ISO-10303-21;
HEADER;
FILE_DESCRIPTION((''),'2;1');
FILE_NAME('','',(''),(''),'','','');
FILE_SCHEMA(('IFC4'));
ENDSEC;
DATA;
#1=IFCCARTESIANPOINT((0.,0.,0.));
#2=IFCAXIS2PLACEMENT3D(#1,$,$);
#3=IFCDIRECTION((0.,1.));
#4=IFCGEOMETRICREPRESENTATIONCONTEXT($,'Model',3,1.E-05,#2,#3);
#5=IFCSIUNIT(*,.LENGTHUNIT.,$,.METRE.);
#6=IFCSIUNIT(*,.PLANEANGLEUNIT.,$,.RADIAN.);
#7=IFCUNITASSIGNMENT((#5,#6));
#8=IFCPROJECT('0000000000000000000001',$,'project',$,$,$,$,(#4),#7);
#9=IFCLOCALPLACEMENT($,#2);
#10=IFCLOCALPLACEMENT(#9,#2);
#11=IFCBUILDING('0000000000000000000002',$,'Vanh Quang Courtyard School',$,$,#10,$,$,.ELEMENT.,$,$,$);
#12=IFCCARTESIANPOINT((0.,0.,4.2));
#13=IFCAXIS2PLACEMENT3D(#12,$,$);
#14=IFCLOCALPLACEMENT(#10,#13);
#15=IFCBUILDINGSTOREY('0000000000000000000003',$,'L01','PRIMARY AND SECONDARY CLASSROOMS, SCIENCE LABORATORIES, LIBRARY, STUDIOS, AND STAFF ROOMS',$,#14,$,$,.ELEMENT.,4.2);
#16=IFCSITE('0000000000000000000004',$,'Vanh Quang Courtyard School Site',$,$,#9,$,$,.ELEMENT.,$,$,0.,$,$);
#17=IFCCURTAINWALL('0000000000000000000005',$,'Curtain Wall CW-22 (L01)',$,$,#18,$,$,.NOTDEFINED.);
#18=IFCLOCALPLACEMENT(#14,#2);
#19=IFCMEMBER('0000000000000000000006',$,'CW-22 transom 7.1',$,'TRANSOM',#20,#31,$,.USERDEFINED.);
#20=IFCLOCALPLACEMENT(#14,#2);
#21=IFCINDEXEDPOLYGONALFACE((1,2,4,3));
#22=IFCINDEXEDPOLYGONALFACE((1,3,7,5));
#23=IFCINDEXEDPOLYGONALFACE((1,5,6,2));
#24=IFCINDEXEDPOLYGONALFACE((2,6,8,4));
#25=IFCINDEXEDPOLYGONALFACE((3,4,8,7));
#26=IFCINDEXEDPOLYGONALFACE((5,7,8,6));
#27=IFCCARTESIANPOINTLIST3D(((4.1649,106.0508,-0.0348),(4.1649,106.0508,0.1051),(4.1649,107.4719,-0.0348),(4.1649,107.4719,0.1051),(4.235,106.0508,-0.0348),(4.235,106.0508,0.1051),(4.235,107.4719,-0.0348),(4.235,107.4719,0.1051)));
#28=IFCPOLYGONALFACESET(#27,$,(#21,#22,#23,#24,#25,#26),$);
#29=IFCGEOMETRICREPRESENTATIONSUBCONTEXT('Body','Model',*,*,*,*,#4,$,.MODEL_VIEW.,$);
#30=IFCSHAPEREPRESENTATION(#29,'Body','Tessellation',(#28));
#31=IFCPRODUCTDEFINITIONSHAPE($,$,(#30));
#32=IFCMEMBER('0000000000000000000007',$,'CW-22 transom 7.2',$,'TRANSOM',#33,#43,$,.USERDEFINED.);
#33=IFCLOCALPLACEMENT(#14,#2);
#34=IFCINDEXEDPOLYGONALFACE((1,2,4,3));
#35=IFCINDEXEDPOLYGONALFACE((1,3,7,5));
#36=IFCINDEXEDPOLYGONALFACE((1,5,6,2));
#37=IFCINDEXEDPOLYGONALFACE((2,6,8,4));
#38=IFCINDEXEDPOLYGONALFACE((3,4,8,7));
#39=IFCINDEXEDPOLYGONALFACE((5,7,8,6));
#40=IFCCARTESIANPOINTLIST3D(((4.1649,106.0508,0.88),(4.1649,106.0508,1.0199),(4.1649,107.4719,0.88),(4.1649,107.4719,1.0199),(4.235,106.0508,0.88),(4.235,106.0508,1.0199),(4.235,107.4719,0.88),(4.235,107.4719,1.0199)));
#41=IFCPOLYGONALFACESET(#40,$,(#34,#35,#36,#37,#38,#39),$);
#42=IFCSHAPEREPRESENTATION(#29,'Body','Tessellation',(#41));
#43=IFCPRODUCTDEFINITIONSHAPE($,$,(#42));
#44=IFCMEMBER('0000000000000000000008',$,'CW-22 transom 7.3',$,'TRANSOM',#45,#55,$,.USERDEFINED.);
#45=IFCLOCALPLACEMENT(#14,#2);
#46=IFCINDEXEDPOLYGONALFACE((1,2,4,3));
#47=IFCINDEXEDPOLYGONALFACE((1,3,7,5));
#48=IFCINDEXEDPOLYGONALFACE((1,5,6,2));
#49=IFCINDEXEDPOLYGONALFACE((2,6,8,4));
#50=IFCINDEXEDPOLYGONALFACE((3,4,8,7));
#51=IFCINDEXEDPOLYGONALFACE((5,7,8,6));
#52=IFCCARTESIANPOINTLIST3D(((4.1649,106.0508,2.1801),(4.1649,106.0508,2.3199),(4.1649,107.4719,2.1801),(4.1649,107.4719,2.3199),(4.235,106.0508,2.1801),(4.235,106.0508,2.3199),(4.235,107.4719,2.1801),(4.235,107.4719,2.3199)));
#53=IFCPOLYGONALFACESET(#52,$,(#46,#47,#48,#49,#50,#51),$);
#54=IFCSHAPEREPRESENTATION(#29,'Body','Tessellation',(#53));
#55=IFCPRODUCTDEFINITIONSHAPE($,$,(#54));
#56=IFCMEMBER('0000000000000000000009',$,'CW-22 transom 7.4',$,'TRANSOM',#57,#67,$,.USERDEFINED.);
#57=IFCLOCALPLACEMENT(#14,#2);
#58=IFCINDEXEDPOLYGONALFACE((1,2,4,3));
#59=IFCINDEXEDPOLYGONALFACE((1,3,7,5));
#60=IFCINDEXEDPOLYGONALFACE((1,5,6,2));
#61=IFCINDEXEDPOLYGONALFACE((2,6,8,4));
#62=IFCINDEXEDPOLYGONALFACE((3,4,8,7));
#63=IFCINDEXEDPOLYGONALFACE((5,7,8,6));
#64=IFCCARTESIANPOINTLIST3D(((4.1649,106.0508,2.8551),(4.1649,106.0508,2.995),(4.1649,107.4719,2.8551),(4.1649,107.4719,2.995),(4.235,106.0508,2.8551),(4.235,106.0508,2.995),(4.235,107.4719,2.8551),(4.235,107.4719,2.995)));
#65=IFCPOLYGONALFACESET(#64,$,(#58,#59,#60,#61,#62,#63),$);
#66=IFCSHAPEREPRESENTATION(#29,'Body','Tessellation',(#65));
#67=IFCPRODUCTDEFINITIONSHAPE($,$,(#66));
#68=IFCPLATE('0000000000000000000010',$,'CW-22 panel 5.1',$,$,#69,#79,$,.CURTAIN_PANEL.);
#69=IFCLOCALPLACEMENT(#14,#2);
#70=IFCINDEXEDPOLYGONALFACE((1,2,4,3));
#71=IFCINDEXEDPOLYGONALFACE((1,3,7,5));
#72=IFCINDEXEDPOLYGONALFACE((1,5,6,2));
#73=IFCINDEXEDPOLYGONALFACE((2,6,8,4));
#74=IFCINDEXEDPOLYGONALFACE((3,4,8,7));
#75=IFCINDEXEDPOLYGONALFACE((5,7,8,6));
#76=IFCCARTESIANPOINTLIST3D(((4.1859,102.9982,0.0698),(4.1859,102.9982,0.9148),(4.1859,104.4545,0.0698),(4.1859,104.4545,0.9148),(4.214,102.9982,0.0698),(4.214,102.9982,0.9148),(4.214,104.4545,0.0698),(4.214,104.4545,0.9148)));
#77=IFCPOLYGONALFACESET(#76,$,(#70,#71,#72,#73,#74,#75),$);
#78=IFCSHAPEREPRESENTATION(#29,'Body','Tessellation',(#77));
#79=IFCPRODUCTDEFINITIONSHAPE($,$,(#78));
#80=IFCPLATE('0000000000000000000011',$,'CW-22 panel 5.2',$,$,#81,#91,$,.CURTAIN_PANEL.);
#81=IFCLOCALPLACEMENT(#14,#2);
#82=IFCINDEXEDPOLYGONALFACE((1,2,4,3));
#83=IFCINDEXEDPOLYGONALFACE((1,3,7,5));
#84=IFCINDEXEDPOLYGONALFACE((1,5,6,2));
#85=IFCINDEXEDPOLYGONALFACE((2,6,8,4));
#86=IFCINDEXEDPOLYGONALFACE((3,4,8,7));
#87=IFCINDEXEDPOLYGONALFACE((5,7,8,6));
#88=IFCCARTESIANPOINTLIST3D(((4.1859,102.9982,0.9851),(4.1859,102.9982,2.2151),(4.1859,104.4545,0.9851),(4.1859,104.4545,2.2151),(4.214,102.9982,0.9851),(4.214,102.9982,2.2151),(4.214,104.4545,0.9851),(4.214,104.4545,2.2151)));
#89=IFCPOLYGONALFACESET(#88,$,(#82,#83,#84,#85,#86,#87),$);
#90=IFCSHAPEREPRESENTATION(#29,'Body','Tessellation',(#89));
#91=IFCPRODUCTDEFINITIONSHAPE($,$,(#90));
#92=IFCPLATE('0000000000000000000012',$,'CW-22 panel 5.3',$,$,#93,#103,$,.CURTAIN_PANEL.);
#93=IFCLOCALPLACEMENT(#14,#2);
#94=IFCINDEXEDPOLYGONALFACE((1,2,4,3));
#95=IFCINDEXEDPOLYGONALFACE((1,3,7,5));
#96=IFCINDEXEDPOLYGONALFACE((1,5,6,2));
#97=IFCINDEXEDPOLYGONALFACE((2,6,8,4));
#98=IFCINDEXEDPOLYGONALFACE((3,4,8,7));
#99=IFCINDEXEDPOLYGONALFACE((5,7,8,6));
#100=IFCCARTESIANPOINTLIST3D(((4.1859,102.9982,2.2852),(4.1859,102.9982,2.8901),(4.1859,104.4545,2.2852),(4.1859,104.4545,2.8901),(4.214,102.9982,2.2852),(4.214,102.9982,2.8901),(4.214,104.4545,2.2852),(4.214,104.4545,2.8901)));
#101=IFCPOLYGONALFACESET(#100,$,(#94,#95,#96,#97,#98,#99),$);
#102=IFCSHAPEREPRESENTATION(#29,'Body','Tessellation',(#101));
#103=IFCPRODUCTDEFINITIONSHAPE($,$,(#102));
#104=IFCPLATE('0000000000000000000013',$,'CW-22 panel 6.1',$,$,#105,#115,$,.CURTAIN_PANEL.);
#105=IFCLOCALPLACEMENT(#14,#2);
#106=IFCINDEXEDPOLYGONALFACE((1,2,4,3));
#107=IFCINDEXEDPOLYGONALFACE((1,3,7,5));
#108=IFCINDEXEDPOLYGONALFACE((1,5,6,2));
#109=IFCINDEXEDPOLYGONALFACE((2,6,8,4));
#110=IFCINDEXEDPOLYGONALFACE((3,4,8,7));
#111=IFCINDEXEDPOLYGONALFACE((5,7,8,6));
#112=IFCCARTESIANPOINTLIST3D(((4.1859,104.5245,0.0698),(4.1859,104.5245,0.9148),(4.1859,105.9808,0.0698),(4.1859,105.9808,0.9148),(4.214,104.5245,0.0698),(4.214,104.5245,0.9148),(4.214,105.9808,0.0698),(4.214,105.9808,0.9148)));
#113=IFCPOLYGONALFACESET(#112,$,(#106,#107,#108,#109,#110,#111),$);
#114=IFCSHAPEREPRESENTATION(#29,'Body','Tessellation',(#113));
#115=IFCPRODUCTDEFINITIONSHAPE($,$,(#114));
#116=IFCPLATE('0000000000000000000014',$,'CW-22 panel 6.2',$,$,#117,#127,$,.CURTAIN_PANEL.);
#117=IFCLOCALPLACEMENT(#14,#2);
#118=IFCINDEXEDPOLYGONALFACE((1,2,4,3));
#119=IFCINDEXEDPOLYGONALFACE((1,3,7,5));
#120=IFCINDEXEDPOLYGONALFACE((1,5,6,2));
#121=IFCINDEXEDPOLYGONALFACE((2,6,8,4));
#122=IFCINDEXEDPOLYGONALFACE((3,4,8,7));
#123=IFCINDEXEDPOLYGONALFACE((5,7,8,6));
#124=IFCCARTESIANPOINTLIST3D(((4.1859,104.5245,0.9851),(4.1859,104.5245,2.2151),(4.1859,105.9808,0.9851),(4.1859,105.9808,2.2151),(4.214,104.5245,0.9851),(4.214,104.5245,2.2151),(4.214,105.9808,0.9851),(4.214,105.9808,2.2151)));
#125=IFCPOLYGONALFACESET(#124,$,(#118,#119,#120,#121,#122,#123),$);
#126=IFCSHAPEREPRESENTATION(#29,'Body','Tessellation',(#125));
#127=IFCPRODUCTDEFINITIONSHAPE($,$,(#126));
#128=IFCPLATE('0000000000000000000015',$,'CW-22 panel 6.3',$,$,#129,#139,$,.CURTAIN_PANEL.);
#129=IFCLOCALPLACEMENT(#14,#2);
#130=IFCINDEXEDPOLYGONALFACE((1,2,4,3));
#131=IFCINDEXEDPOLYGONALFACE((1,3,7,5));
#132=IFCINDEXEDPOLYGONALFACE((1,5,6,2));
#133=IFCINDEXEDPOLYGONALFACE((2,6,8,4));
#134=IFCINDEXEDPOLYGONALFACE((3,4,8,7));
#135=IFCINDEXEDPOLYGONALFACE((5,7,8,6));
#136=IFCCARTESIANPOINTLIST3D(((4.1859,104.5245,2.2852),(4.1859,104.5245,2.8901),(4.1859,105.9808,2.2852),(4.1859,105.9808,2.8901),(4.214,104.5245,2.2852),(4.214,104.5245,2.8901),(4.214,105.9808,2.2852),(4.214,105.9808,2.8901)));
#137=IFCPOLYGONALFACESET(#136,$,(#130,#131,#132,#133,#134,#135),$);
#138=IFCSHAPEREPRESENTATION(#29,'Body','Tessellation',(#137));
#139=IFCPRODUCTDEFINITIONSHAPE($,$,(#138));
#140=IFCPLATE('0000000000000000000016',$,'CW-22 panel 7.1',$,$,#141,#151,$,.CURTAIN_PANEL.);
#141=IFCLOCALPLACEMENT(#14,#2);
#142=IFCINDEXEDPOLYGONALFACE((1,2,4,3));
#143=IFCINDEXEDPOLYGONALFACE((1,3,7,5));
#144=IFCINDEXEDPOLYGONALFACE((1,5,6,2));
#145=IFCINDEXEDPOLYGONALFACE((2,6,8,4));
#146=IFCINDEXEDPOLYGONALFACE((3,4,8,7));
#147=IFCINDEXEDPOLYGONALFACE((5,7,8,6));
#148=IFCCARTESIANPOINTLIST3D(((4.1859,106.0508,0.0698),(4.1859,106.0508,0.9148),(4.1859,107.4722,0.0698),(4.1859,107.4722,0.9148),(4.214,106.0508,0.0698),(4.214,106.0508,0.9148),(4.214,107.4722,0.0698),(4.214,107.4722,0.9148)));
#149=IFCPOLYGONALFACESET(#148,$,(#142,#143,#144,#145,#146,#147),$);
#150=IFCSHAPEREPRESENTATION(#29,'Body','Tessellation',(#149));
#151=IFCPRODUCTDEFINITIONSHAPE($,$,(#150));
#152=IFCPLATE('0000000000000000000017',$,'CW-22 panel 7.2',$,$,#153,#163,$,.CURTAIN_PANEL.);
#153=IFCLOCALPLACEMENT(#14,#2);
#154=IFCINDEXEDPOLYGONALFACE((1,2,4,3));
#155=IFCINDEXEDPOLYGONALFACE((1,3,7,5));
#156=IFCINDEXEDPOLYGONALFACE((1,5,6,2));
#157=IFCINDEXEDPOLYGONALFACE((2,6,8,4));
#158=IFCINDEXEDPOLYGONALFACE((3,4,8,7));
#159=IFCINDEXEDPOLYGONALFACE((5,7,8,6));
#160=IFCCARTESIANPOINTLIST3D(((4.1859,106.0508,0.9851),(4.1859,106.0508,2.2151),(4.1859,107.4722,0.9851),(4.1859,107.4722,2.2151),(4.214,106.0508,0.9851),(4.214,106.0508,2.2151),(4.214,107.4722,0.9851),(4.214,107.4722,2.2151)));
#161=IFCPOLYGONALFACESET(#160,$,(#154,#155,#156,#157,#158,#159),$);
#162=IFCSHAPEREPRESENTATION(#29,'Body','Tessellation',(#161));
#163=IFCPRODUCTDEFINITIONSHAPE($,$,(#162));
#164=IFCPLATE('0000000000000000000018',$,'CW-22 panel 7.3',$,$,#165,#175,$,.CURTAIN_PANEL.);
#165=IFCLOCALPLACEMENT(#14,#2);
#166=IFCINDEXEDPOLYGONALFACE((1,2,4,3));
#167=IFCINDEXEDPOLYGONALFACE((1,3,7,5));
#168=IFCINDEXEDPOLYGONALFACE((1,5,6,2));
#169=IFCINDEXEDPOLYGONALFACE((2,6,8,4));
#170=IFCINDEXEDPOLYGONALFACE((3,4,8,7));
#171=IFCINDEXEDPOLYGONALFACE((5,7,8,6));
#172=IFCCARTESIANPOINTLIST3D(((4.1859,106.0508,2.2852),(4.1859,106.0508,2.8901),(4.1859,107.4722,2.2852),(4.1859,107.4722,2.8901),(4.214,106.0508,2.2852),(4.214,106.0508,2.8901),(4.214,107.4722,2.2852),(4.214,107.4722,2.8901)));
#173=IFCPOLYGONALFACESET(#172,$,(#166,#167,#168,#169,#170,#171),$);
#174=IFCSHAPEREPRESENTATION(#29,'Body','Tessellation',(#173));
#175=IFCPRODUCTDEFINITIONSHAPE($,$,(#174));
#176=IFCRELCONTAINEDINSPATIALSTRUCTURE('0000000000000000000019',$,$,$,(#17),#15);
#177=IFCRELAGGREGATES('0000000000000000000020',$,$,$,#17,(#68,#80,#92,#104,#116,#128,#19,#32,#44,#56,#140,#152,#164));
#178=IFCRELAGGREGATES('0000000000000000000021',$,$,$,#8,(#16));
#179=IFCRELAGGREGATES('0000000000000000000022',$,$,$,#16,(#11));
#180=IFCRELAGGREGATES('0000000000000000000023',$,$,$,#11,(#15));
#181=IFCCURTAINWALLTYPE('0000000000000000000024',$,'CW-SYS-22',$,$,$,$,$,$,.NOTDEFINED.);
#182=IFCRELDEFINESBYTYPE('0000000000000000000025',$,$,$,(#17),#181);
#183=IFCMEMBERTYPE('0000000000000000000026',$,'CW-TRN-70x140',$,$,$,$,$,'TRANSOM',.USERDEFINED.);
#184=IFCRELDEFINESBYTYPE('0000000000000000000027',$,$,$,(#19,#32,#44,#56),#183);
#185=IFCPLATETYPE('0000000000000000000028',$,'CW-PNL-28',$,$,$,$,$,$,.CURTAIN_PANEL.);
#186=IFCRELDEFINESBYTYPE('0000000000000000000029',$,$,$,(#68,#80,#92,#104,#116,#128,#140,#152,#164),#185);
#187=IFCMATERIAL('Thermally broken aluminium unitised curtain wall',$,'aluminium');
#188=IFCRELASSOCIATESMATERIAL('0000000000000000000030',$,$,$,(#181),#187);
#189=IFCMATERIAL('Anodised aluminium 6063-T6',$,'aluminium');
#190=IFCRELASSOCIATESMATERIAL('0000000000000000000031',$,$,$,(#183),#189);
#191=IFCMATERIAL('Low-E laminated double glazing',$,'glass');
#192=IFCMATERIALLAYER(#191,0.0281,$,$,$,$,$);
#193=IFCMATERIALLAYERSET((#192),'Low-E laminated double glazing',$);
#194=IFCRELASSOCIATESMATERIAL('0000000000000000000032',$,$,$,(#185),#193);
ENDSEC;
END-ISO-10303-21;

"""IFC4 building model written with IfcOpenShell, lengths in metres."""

from ifc_helpers import new_model, si_unit, direction, frame, origin, origin_2d, place, context, subcontext, project, spatial, rectangle, extrude, material, layer, layer_set, material_profile, profile_set, type_object, element, aggregate, save


model = new_model("IFC4")

# Units and contexts
model_context = context("Model", 3, precision=1e-05, world=origin(), true_north=direction((0.0, 1.0)))
body_context = subcontext(model_context, "Body", "Model", "MODEL_VIEW")
ifc_project = project(units=[si_unit("LENGTHUNIT", "METRE"), si_unit("PLANEANGLEUNIT", "RADIAN")], contexts=[model_context])

# Site, building, storey
site_placement = place(None, origin())
site = spatial("IfcSite", under=ifc_project, at=site_placement, Name="Vanh Quang Courtyard School Site", CompositionType="ELEMENT", RefElevation=0.0)
building_placement = place(site_placement, origin())
building = spatial("IfcBuilding", under=site, at=building_placement, Name="Vanh Quang Courtyard School", CompositionType="ELEMENT")
storey_placement = place(building_placement, frame((0.0, 0.0, 4.2)))
storey = spatial("IfcBuildingStorey", under=building, at=storey_placement, Name="L01", Description="PRIMARY AND SECONDARY CLASSROOMS, SCIENCE LABORATORIES, LIBRARY, STUDIOS, AND STAFF ROOMS", CompositionType="ELEMENT", Elevation=4.2)

# Curtain wall, members, plates
ifc_material_1 = material(Name="Thermally broken aluminium unitised curtain wall", Category="aluminium")
curtain_wall_type = type_object("IfcCurtainWallType", Name="CW-SYS-22", PredefinedType="NOTDEFINED", material=ifc_material_1)
curtain_wall_placement = place(storey_placement, origin())
curtain_wall = element("IfcCurtainWall", 1, at=curtain_wall_placement, inside=storey, type_object=curtain_wall_type, Name="Curtain Wall CW-22 (L01)", PredefinedType="NOTDEFINED")
ifc_material_2 = material(Name="Anodised aluminium 6063-T6", Category="aluminium")
ifc_material_profile_1 = material_profile(ifc_material_2, rectangle(XDim=0.0701, YDim=0.1399, at=origin_2d()), Name="ALU-TRN 70x140")
ifc_profile_set_1 = profile_set([ifc_material_profile_1], Name="Anodised aluminium 6063-T6")
member_type_1 = type_object("IfcMemberType", Name="CW-TRN-70x140", ElementType="TRANSOM", PredefinedType="USERDEFINED", material=ifc_profile_set_1)
member_1_placement = place(storey_placement, frame((4.2, 106.0508, 0.0352), z_axis=(0.0, 1.0, 0.0), x_axis=(-1.0, 0.0, 0.0)))
member_1 = element("IfcMember", 2, at=member_1_placement, type_object=member_type_1, Name="CW-22 transom 7.1", ObjectType="TRANSOM", PredefinedType="USERDEFINED", context=body_context, shape_type="SweptSolid", body=[
    extrude(rectangle(XDim=0.0701, YDim=0.1399, at=origin_2d()), origin(), (0.0, 0.0, 1.0), 1.4211),
])
member_2_placement = place(storey_placement, frame((4.2, 106.0508, 0.95), z_axis=(0.0, 1.0, 0.0), x_axis=(-1.0, 0.0, 0.0)))
member_2 = element("IfcMember", 3, at=member_2_placement, type_object=member_type_1, Name="CW-22 transom 7.2", ObjectType="TRANSOM", PredefinedType="USERDEFINED", context=body_context, shape_type="SweptSolid", body=[
    extrude(rectangle(XDim=0.0701, YDim=0.1399, at=origin_2d()), origin(), (0.0, 0.0, 1.0), 1.4211),
])
member_3_placement = place(storey_placement, frame((4.2, 106.0508, 2.25), z_axis=(0.0, 1.0, 0.0), x_axis=(-1.0, 0.0, 0.0)))
member_3 = element("IfcMember", 4, at=member_3_placement, type_object=member_type_1, Name="CW-22 transom 7.3", ObjectType="TRANSOM", PredefinedType="USERDEFINED", context=body_context, shape_type="SweptSolid", body=[
    extrude(rectangle(XDim=0.0701, YDim=0.1399, at=origin_2d()), origin(), (0.0, 0.0, 1.0), 1.4211),
])
member_4_placement = place(storey_placement, frame((4.2, 106.0508, 2.925), z_axis=(0.0, 1.0, 0.0), x_axis=(-1.0, 0.0, 0.0)))
member_4 = element("IfcMember", 5, at=member_4_placement, type_object=member_type_1, Name="CW-22 transom 7.4", ObjectType="TRANSOM", PredefinedType="USERDEFINED", context=body_context, shape_type="SweptSolid", body=[
    extrude(rectangle(XDim=0.0701, YDim=0.1399, at=origin_2d()), origin(), (0.0, 0.0, 1.0), 1.4211),
])
ifc_material_3 = material(Name="Low-E laminated double glazing", Category="glass")
ifc_layer_1 = layer(ifc_material_3, 0.0281)
ifc_layer_set_1 = layer_set([ifc_layer_1], Name="Low-E laminated double glazing")
plate_type = type_object("IfcPlateType", Name="CW-PNL-28", PredefinedType="CURTAIN_PANEL", material=ifc_layer_set_1)
plate_1_placement = place(storey_placement, frame((4.2, 103.7263, 0.0698), z_axis=(0.0, 0.0, 1.0), x_axis=(0.0, 1.0, 0.0)))
plate_1 = element("IfcPlate", 6, at=plate_1_placement, type_object=plate_type, Name="CW-22 panel 5.1", PredefinedType="CURTAIN_PANEL", context=body_context, shape_type="SweptSolid", body=[
    extrude(rectangle(XDim=1.4563, YDim=0.0281, at=origin_2d()), origin(), (0.0, 0.0, 1.0), 0.845),
])
plate_2_placement = place(storey_placement, frame((4.2, 103.7263, 0.9851), z_axis=(0.0, 0.0, 1.0), x_axis=(0.0, 1.0, 0.0)))
plate_2 = element("IfcPlate", 7, at=plate_2_placement, type_object=plate_type, Name="CW-22 panel 5.2", PredefinedType="CURTAIN_PANEL", context=body_context, shape_type="SweptSolid", body=[
    extrude(rectangle(XDim=1.4563, YDim=0.0281, at=origin_2d()), origin(), (0.0, 0.0, 1.0), 1.23),
])
plate_3_placement = place(storey_placement, frame((4.2, 103.7263, 2.2852), z_axis=(0.0, 0.0, 1.0), x_axis=(0.0, 1.0, 0.0)))
plate_3 = element("IfcPlate", 8, at=plate_3_placement, type_object=plate_type, Name="CW-22 panel 5.3", PredefinedType="CURTAIN_PANEL", context=body_context, shape_type="SweptSolid", body=[
    extrude(rectangle(XDim=1.4563, YDim=0.0281, at=origin_2d()), origin(), (0.0, 0.0, 1.0), 0.605),
])
plate_4_placement = place(storey_placement, frame((4.2, 105.2527, 0.0698), z_axis=(0.0, 0.0, 1.0), x_axis=(0.0, 1.0, 0.0)))
plate_4 = element("IfcPlate", 9, at=plate_4_placement, type_object=plate_type, Name="CW-22 panel 6.1", PredefinedType="CURTAIN_PANEL", context=body_context, shape_type="SweptSolid", body=[
    extrude(rectangle(XDim=1.4563, YDim=0.0281, at=origin_2d()), origin(), (0.0, 0.0, 1.0), 0.845),
])
plate_5_placement = place(storey_placement, frame((4.2, 105.2527, 0.9851), z_axis=(0.0, 0.0, 1.0), x_axis=(0.0, 1.0, 0.0)))
plate_5 = element("IfcPlate", 10, at=plate_5_placement, type_object=plate_type, Name="CW-22 panel 6.2", PredefinedType="CURTAIN_PANEL", context=body_context, shape_type="SweptSolid", body=[
    extrude(rectangle(XDim=1.4563, YDim=0.0281, at=origin_2d()), origin(), (0.0, 0.0, 1.0), 1.23),
])
plate_6_placement = place(storey_placement, frame((4.2, 105.2527, 2.2852), z_axis=(0.0, 0.0, 1.0), x_axis=(0.0, 1.0, 0.0)))
plate_6 = element("IfcPlate", 11, at=plate_6_placement, type_object=plate_type, Name="CW-22 panel 6.3", PredefinedType="CURTAIN_PANEL", context=body_context, shape_type="SweptSolid", body=[
    extrude(rectangle(XDim=1.4563, YDim=0.0281, at=origin_2d()), origin(), (0.0, 0.0, 1.0), 0.605),
])
plate_7_placement = place(storey_placement, frame((4.2, 106.7615, 0.0698), z_axis=(0.0, 0.0, 1.0), x_axis=(0.0, 1.0, 0.0)))
plate_7 = element("IfcPlate", 12, at=plate_7_placement, type_object=plate_type, Name="CW-22 panel 7.1", PredefinedType="CURTAIN_PANEL", context=body_context, shape_type="SweptSolid", body=[
    extrude(rectangle(XDim=1.4214, YDim=0.0281, at=origin_2d()), origin(), (0.0, 0.0, 1.0), 0.845),
])
plate_8_placement = place(storey_placement, frame((4.2, 106.7615, 0.9851), z_axis=(0.0, 0.0, 1.0), x_axis=(0.0, 1.0, 0.0)))
plate_8 = element("IfcPlate", 13, at=plate_8_placement, type_object=plate_type, Name="CW-22 panel 7.2", PredefinedType="CURTAIN_PANEL", context=body_context, shape_type="SweptSolid", body=[
    extrude(rectangle(XDim=1.4214, YDim=0.0281, at=origin_2d()), origin(), (0.0, 0.0, 1.0), 1.23),
])
plate_9_placement = place(storey_placement, frame((4.2, 106.7615, 2.2852), z_axis=(0.0, 0.0, 1.0), x_axis=(0.0, 1.0, 0.0)))
plate_9 = element("IfcPlate", 14, at=plate_9_placement, type_object=plate_type, Name="CW-22 panel 7.3", PredefinedType="CURTAIN_PANEL", context=body_context, shape_type="SweptSolid", body=[
    extrude(rectangle(XDim=1.4214, YDim=0.0281, at=origin_2d()), origin(), (0.0, 0.0, 1.0), 0.605),
])
aggregate(curtain_wall, [plate_1, plate_2, plate_3, plate_4, plate_5, plate_6, member_1, member_2, member_3, member_4, plate_7, plate_8, plate_9])

save(model, "model.ifc")
